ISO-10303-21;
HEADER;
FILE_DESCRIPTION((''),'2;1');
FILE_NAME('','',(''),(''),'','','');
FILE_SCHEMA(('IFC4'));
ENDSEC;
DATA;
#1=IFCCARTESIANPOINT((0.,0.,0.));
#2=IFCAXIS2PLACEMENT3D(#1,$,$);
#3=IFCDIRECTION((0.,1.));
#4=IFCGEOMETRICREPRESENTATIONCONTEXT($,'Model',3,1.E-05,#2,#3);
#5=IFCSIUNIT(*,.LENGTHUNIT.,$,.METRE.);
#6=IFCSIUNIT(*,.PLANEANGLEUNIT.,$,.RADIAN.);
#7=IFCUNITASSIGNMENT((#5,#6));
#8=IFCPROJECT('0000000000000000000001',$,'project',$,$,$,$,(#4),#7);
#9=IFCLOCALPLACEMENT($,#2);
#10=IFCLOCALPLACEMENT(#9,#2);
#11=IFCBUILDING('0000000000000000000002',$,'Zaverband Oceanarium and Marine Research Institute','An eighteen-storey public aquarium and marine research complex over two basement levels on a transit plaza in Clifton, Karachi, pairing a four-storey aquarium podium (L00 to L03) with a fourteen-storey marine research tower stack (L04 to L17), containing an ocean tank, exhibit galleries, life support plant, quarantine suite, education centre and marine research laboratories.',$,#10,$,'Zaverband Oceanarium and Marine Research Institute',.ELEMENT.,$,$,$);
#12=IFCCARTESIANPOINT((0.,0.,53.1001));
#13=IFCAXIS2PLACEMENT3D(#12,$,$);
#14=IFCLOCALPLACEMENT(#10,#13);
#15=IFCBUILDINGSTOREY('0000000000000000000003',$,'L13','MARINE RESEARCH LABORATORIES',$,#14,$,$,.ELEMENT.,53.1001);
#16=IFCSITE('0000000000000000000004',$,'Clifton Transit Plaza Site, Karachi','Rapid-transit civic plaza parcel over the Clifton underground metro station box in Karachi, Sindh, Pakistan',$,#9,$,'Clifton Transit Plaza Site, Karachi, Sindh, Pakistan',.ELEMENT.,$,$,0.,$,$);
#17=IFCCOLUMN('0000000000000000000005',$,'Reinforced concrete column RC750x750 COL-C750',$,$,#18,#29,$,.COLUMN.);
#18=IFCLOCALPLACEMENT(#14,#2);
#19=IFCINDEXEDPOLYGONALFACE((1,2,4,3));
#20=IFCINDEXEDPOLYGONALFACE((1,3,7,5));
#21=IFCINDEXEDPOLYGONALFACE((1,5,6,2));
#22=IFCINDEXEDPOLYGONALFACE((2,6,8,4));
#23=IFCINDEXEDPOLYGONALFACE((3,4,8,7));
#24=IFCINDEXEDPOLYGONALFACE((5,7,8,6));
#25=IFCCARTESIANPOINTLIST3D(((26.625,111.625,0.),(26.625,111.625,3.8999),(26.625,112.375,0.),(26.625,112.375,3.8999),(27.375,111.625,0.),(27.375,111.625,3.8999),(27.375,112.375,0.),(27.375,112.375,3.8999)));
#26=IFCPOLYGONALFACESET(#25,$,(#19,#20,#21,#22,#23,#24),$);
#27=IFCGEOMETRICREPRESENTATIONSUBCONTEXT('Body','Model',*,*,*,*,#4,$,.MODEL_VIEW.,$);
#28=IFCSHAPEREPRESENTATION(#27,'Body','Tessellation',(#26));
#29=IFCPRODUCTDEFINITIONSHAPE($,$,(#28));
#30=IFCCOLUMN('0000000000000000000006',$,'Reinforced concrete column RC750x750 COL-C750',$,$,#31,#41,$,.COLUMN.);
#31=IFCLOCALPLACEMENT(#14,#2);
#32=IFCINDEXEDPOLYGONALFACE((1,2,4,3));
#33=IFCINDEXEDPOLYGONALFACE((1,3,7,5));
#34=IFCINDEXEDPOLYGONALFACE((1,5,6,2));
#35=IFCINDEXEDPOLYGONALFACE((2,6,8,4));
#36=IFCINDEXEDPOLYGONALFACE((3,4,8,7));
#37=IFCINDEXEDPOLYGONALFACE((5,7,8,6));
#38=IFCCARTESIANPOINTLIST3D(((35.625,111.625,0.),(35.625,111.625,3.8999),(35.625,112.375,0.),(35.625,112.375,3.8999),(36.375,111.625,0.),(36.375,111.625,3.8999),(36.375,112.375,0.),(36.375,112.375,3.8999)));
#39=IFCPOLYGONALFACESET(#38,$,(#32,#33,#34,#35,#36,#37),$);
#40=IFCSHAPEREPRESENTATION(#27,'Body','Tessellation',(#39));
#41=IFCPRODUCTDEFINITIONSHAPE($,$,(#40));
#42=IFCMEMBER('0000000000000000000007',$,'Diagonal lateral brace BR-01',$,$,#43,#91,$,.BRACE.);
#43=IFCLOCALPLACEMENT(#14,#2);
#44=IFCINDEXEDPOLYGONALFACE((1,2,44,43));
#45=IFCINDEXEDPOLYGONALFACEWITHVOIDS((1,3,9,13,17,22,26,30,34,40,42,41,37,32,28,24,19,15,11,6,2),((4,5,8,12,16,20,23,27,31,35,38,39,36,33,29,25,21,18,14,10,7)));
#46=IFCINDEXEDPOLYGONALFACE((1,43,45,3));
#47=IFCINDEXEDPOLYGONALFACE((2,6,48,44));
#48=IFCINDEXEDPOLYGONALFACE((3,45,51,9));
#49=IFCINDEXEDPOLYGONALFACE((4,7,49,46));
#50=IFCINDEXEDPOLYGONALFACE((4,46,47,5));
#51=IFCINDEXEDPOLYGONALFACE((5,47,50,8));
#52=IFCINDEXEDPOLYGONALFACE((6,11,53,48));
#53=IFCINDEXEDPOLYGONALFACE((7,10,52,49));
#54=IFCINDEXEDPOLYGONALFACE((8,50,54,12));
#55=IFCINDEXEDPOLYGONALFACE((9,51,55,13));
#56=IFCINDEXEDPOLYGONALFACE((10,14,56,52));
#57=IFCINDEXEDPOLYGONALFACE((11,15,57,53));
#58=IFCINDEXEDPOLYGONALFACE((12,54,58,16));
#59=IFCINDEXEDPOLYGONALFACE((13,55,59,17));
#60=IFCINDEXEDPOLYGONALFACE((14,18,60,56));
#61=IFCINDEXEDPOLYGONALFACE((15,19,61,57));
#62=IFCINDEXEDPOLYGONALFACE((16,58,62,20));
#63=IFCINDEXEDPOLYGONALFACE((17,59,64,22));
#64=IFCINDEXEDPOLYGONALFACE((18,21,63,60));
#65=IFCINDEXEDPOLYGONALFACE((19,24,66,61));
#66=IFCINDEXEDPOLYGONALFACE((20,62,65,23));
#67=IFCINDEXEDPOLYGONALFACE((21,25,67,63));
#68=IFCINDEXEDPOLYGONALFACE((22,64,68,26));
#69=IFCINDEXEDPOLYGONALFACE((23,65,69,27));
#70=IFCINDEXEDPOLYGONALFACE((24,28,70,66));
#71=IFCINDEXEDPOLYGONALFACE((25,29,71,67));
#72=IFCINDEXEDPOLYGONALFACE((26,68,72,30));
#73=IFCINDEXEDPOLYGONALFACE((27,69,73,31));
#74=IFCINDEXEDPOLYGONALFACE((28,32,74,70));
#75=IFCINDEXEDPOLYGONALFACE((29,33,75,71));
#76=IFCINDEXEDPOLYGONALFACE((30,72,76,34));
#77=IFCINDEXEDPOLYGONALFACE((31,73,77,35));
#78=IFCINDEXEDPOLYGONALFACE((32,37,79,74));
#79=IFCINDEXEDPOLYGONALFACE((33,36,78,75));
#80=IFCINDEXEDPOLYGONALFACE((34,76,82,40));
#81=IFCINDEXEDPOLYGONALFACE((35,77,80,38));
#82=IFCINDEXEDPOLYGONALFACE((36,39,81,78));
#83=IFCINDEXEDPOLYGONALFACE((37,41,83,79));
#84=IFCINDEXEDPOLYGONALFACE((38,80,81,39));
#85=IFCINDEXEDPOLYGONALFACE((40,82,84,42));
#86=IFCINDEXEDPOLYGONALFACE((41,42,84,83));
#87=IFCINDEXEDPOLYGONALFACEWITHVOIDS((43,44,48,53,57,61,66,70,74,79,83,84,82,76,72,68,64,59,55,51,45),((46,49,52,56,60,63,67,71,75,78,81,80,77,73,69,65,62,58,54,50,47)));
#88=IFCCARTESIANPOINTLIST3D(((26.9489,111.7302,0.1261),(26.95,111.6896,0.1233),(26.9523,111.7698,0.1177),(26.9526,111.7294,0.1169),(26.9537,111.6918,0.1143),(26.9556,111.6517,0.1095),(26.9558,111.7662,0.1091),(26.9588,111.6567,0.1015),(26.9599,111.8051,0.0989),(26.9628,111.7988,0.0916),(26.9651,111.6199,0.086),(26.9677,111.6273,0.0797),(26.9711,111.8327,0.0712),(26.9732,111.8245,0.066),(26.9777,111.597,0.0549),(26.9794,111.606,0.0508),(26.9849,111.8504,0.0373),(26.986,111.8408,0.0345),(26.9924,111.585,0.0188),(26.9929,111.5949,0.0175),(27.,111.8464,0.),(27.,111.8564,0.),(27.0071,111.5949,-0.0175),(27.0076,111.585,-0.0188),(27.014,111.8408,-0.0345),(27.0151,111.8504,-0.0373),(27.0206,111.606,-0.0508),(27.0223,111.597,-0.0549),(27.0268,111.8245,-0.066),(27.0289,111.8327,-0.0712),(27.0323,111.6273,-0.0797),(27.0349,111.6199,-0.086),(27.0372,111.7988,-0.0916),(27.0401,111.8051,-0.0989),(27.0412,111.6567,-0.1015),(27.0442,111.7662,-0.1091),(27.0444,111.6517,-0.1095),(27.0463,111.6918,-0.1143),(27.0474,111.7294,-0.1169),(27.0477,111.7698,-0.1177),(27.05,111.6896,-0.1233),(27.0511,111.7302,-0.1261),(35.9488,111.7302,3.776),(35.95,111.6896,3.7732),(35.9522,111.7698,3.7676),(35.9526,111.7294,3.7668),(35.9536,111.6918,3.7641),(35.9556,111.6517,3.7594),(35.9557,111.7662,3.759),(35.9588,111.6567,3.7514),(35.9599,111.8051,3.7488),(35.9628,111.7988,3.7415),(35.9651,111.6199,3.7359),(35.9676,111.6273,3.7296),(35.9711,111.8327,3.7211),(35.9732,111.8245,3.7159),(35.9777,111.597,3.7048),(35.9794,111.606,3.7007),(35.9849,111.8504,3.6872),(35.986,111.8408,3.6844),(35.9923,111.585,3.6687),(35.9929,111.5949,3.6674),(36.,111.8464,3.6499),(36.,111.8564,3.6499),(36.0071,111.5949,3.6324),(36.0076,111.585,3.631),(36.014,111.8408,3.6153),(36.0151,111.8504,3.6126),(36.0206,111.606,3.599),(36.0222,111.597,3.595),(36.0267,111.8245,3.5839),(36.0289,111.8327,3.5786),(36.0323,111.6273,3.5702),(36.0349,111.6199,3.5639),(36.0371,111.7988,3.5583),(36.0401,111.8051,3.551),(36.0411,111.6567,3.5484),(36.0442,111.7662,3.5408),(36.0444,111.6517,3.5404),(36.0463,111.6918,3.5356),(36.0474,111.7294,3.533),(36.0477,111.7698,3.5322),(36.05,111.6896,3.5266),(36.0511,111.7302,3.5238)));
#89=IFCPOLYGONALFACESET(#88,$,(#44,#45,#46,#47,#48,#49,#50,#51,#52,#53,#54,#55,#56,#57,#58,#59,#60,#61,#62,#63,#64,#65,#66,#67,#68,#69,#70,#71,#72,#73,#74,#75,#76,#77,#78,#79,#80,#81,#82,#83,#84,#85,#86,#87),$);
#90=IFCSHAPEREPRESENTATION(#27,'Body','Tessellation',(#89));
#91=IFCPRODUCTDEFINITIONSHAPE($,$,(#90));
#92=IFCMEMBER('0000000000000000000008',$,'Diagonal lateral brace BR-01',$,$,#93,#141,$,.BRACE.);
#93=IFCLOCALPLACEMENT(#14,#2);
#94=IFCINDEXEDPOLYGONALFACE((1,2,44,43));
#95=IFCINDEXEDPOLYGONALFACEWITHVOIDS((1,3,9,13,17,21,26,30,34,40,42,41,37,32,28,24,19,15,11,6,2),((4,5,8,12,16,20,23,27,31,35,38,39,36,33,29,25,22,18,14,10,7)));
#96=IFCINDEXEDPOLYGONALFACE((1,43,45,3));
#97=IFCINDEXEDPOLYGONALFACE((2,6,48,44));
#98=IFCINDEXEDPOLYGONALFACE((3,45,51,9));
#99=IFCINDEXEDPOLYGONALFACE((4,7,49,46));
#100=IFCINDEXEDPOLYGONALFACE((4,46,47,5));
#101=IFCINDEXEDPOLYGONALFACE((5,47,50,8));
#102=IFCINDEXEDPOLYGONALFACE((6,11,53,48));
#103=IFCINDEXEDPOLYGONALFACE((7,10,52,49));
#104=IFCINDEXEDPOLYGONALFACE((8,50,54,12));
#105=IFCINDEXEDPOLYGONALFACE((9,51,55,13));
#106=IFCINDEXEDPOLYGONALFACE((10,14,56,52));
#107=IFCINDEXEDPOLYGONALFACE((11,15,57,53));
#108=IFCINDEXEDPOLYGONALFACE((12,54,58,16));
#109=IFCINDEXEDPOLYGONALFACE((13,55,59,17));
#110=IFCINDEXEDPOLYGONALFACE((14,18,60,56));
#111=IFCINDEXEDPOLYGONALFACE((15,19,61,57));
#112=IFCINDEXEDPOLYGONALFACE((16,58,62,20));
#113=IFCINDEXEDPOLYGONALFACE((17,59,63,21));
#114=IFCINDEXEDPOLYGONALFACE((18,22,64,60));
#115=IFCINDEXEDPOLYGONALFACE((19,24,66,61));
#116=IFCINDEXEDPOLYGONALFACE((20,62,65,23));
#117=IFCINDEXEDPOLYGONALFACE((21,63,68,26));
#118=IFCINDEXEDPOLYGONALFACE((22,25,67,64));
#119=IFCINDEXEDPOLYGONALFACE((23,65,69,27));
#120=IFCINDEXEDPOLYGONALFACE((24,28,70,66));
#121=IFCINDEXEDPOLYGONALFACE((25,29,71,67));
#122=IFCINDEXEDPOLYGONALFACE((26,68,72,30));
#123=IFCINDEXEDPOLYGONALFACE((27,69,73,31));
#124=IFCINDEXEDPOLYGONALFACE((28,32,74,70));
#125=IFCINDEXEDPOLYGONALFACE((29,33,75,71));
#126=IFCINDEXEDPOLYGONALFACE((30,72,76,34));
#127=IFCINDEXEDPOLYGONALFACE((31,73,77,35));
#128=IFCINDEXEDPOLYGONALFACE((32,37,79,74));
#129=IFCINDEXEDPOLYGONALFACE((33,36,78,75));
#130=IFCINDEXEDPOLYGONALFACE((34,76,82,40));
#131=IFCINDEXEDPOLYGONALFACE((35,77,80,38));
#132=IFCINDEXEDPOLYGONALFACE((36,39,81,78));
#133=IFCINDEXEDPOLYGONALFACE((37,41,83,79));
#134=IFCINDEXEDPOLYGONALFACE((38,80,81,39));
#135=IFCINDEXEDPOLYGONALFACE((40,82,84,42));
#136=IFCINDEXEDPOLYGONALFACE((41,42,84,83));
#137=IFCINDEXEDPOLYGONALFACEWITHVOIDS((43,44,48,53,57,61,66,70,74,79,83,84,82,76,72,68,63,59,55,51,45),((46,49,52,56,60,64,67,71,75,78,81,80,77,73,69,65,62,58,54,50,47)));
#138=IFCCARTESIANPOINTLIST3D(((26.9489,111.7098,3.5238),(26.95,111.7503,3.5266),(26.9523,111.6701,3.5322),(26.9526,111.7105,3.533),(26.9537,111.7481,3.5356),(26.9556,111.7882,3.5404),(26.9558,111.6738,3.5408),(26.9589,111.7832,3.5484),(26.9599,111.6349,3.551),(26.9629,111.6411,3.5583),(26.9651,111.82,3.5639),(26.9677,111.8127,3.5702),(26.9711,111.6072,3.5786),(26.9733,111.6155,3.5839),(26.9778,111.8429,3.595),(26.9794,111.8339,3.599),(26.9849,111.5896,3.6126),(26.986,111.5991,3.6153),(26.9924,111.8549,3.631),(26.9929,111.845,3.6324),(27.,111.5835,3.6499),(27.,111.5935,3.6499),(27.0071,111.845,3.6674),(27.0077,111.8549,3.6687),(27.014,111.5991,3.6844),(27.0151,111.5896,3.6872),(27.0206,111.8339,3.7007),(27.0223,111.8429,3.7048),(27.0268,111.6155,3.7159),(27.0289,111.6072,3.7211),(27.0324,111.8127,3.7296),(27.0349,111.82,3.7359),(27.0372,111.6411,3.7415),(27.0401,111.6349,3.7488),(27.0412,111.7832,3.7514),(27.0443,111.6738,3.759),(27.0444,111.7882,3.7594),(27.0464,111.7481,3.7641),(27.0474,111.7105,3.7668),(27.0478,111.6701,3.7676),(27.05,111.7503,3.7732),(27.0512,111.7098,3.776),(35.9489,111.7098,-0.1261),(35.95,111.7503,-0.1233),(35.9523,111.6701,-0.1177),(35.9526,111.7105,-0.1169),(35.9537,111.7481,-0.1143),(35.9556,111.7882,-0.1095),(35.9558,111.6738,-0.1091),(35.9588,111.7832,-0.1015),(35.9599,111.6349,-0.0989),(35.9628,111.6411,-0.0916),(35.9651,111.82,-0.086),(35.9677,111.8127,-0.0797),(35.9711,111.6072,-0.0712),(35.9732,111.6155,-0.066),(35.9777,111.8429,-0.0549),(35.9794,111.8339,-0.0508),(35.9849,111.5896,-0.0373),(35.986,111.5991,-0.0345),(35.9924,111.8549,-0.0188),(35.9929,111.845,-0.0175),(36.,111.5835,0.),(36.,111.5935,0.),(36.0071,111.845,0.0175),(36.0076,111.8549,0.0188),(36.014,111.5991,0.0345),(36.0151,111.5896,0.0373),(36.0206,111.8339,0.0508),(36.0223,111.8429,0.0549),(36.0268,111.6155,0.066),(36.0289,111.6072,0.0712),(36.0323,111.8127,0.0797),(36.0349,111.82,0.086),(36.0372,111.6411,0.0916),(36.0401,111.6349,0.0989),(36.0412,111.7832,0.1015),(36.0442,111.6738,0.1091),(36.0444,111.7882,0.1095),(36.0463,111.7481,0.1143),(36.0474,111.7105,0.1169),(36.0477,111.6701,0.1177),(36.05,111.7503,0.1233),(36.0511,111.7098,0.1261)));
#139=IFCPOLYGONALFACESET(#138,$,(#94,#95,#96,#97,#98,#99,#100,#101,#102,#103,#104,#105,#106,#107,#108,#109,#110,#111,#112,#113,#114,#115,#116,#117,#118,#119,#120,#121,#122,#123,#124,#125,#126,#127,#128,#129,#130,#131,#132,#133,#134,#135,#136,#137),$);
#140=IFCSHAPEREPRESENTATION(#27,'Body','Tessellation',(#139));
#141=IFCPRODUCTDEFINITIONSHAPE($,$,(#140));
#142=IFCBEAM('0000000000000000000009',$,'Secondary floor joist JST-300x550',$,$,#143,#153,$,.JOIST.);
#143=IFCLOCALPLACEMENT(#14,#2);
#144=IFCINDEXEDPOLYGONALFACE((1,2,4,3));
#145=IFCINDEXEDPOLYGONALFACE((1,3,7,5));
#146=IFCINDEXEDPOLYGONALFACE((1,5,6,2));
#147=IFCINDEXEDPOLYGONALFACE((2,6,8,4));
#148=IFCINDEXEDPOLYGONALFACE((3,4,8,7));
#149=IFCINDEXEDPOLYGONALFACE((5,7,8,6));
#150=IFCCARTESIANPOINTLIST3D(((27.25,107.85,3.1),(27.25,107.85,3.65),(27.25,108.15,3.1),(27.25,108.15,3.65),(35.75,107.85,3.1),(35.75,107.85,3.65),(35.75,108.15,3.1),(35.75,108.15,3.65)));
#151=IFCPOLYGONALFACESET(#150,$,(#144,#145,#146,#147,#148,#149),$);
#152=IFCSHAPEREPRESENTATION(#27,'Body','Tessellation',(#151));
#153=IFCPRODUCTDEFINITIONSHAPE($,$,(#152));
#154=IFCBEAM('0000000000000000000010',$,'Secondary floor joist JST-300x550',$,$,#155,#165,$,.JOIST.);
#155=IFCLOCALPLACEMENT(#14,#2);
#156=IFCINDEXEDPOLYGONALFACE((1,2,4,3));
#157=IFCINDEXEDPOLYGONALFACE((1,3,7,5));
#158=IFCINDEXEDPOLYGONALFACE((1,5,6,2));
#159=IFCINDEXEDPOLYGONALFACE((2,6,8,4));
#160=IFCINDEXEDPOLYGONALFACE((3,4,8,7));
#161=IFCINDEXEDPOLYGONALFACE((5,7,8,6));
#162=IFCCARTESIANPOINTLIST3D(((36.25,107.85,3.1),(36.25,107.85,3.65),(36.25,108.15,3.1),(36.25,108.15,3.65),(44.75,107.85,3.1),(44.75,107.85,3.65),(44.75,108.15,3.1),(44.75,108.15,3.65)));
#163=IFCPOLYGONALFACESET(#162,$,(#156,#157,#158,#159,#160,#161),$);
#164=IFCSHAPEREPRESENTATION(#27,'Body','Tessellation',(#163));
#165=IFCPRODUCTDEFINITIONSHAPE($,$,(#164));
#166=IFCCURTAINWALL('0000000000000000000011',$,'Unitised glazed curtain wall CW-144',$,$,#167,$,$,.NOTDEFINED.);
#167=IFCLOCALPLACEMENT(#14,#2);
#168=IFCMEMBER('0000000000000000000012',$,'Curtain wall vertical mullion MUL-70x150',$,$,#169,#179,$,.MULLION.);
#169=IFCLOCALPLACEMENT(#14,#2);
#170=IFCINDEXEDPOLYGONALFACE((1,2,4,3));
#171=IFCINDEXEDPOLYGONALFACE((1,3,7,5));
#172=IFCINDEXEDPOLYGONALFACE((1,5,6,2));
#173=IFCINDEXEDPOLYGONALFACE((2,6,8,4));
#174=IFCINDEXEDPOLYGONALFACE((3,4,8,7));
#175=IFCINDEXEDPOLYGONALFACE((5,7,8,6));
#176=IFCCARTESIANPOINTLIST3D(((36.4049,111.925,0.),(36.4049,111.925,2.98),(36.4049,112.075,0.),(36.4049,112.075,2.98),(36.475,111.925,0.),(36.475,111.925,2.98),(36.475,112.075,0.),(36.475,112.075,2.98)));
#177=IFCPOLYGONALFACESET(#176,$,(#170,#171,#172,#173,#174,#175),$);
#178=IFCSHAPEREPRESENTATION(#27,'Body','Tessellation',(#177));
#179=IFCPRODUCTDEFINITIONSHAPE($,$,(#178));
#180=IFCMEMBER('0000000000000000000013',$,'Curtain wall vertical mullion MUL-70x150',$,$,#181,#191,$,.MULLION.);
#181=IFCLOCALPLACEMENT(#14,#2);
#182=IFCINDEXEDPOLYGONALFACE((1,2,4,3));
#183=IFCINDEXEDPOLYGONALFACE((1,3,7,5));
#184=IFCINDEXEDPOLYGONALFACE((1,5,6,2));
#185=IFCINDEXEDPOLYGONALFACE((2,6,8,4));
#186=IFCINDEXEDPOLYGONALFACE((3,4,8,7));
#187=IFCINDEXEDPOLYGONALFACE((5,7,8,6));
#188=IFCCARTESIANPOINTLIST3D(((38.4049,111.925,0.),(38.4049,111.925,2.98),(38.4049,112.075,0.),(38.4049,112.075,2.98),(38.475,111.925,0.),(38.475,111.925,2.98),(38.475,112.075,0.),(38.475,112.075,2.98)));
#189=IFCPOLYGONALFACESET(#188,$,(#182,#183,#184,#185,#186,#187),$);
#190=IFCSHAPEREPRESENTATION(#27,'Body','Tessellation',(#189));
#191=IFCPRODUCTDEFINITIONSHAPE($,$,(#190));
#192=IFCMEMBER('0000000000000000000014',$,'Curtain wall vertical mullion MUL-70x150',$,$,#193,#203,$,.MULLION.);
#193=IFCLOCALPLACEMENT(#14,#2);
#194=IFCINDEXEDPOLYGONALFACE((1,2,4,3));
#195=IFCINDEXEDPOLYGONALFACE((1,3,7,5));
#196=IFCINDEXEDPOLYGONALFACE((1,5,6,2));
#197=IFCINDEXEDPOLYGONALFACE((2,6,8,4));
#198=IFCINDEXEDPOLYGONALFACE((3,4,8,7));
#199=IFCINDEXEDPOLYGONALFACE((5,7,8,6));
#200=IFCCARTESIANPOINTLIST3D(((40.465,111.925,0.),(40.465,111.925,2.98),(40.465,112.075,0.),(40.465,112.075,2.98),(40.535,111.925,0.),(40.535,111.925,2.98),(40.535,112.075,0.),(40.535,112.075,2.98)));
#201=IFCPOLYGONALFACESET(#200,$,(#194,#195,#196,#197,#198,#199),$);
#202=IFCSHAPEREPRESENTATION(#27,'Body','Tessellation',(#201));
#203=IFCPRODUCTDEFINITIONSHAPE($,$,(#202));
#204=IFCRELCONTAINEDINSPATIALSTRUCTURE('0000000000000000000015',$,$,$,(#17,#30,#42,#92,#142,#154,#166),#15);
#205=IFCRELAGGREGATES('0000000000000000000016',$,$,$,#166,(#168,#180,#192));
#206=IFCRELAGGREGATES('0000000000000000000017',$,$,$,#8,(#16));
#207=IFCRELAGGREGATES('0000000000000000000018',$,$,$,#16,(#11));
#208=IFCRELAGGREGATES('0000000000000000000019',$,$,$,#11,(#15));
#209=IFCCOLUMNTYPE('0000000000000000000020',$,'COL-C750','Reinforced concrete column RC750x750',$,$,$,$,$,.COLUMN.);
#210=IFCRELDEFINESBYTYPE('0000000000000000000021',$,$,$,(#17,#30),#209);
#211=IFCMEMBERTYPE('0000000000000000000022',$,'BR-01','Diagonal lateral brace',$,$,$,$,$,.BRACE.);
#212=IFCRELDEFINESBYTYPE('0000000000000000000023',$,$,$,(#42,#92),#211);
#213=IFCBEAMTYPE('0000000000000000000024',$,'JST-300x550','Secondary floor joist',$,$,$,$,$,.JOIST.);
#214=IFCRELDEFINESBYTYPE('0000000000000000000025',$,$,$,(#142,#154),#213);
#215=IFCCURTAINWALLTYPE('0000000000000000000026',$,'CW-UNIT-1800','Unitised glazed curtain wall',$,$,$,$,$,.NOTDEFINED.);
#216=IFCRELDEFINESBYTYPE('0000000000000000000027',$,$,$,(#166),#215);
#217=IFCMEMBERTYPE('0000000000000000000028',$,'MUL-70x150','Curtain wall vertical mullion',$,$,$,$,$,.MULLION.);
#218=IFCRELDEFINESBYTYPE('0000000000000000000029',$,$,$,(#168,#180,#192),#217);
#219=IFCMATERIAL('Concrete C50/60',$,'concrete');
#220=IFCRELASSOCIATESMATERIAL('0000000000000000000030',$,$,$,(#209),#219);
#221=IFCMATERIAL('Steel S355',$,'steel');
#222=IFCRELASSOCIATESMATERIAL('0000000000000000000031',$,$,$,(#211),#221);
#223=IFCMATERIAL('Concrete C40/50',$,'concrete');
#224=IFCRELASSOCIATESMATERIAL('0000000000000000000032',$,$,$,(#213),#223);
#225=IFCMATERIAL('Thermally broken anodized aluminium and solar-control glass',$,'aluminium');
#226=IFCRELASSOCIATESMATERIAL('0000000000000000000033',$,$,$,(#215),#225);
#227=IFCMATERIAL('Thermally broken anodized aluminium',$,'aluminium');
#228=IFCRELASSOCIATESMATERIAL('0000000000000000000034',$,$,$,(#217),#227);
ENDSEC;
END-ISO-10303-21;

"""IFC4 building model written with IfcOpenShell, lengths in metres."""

from ifc_helpers import new_model, si_unit, direction, frame, origin, origin_2d, place, context, subcontext, project, spatial, rectangle, hollow_circle, extrude, material, material_profile, profile_set, type_object, element, aggregate, save


model = new_model("IFC4")

# Units and contexts
model_context = context("Model", 3, precision=1e-05, world=origin(), true_north=direction((0.0, 1.0)))
body_context = subcontext(model_context, "Body", "Model", "MODEL_VIEW")
ifc_project = project(units=[si_unit("LENGTHUNIT", "METRE"), si_unit("PLANEANGLEUNIT", "RADIAN")], contexts=[model_context])

# Site, building, storey
site_placement = place(None, origin())
site = spatial("IfcSite", under=ifc_project, at=site_placement, Name="Clifton Transit Plaza Site, Karachi", Description="Rapid-transit civic plaza parcel over the Clifton underground metro station box in Karachi, Sindh, Pakistan", LongName="Clifton Transit Plaza Site, Karachi, Sindh, Pakistan", CompositionType="ELEMENT", RefElevation=0.0)
building_placement = place(site_placement, origin())
building = spatial("IfcBuilding", under=site, at=building_placement, Name="Zaverband Oceanarium and Marine Research Institute", Description="An eighteen-storey public aquarium and marine research complex over two basement levels on a transit plaza in Clifton, Karachi, pairing a four-storey aquarium podium (L00 to L03) with a fourteen-storey marine research tower stack (L04 to L17), containing an ocean tank, exhibit galleries, life support plant, quarantine suite, education centre and marine research laboratories.", LongName="Zaverband Oceanarium and Marine Research Institute", CompositionType="ELEMENT")
storey_placement = place(building_placement, frame((0.0, 0.0, 53.1001)))
storey = spatial("IfcBuildingStorey", under=building, at=storey_placement, Name="L13", Description="MARINE RESEARCH LABORATORIES", CompositionType="ELEMENT", Elevation=53.1001)

# Columns
ifc_material_1 = material(Name="Concrete C50/60", Category="concrete")
ifc_material_profile_1 = material_profile(ifc_material_1, rectangle(XDim=0.75, YDim=0.75, at=origin_2d()), Name="RC750x750")
ifc_profile_set_1 = profile_set([ifc_material_profile_1], Name="Concrete C50/60")
column_type = type_object("IfcColumnType", Name="COL-C750", Description="Reinforced concrete column RC750x750", PredefinedType="COLUMN", material=ifc_profile_set_1)
for number, where, z_axis, x_axis, name in (
    (1, (27.0, 112.0, 0.0), (0.0, 0.0, 1.0), (1.0, 0.0, 0.0), "Reinforced concrete column RC750x750 COL-C750"),
    (2, (36.0, 112.0, 0.0), (0.0, 0.0, 1.0), (1.0, 0.0, 0.0), "Reinforced concrete column RC750x750 COL-C750"),
):
    element("IfcColumn", number, at=place(storey_placement, frame(where, z_axis=z_axis, x_axis=x_axis)), inside=storey, type_object=column_type, Name=name, PredefinedType="COLUMN", context=body_context, shape_type="SweptSolid", body=[
        extrude(rectangle(XDim=0.75, YDim=0.75, at=origin_2d()), origin(), (0.0, 0.0, 1.0), 3.8999),
    ])

# Members
ifc_material_2 = material(Name="Steel S355", Category="steel")
ifc_material_profile_2 = material_profile(ifc_material_2, hollow_circle(Radius=0.1365, WallThickness=0.01, at=origin_2d()), Name="CHS273x10")
ifc_profile_set_2 = profile_set([ifc_material_profile_2], Name="Steel S355")
member_type_1 = type_object("IfcMemberType", Name="BR-01", Description="Diagonal lateral brace", PredefinedType="BRACE", material=ifc_profile_set_2)
for number, where, z_axis, x_axis, name in (
    (3, (27.0, 111.72, 0.0), (0.926694, 0.0, 0.375816), (0.0, 1.0, 0.0), "Diagonal lateral brace BR-01"),
    (4, (36.0, 111.72, 0.0), (-0.926694, 0.0, 0.375816), (0.0, -1.0, 0.0), "Diagonal lateral brace BR-01"),
):
    element("IfcMember", number, at=place(storey_placement, frame(where, z_axis=z_axis, x_axis=x_axis)), inside=storey, type_object=member_type_1, Name=name, PredefinedType="BRACE", context=body_context, shape_type="SweptSolid", body=[
        extrude(hollow_circle(Radius=0.1365, WallThickness=0.01, at=origin_2d()), origin(), (0.0, 0.0, 1.0), 9.7119),
    ])

# Beams
ifc_material_3 = material(Name="Concrete C40/50", Category="concrete")
ifc_material_profile_3 = material_profile(ifc_material_3, rectangle(XDim=0.3, YDim=0.55, at=origin_2d()), Name="RC300x550")
ifc_profile_set_3 = profile_set([ifc_material_profile_3], Name="Concrete C40/50")
beam_type_1 = type_object("IfcBeamType", Name="JST-300x550", Description="Secondary floor joist", PredefinedType="JOIST", material=ifc_profile_set_3)
for number, where, z_axis, x_axis, name in (
    (5, (27.25, 108.0, 3.375), (1.0, 0.0, 0.0), (0.0, 1.0, 0.0), "Secondary floor joist JST-300x550"),
    (6, (36.25, 108.0, 3.375), (1.0, 0.0, 0.0), (0.0, 1.0, 0.0), "Secondary floor joist JST-300x550"),
):
    element("IfcBeam", number, at=place(storey_placement, frame(where, z_axis=z_axis, x_axis=x_axis)), inside=storey, type_object=beam_type_1, Name=name, PredefinedType="JOIST", context=body_context, shape_type="SweptSolid", body=[
        extrude(rectangle(XDim=0.3, YDim=0.55, at=origin_2d()), origin(), (0.0, 0.0, 1.0), 8.5),
    ])

# Curtain wall, members
ifc_material_4 = material(Name="Thermally broken anodized aluminium and solar-control glass", Category="aluminium")
curtain_wall_type = type_object("IfcCurtainWallType", Name="CW-UNIT-1800", Description="Unitised glazed curtain wall", PredefinedType="NOTDEFINED", material=ifc_material_4)
curtain_wall_placement = place(storey_placement, origin())
curtain_wall = element("IfcCurtainWall", 7, at=curtain_wall_placement, inside=storey, type_object=curtain_wall_type, Name="Unitised glazed curtain wall CW-144", PredefinedType="NOTDEFINED")
ifc_material_5 = material(Name="Thermally broken anodized aluminium", Category="aluminium")
ifc_material_profile_4 = material_profile(ifc_material_5, rectangle(XDim=0.0701, YDim=0.1499, at=origin_2d()), Name="AL-MUL-70x150")
ifc_profile_set_4 = profile_set([ifc_material_profile_4], Name="Thermally broken anodized aluminium")
member_type_2 = type_object("IfcMemberType", Name="MUL-70x150", Description="Curtain wall vertical mullion", PredefinedType="MULLION", material=ifc_profile_set_4)
member_1_placement = place(storey_placement, frame((36.4399, 112.0, 0.0), z_axis=(0.0, 0.0, 1.0), x_axis=(1.0, 0.0, 0.0)))
member_1 = element("IfcMember", 8, at=member_1_placement, type_object=member_type_2, Name="Curtain wall vertical mullion MUL-70x150", PredefinedType="MULLION", context=body_context, shape_type="SweptSolid", body=[
    extrude(rectangle(XDim=0.0701, YDim=0.1499, at=origin_2d()), origin(), (0.0, 0.0, 1.0), 2.98),
])
member_2_placement = place(storey_placement, frame((38.4399, 112.0, 0.0), z_axis=(0.0, 0.0, 1.0), x_axis=(1.0, 0.0, 0.0)))
member_2 = element("IfcMember", 9, at=member_2_placement, type_object=member_type_2, Name="Curtain wall vertical mullion MUL-70x150", PredefinedType="MULLION", context=body_context, shape_type="SweptSolid", body=[
    extrude(rectangle(XDim=0.0701, YDim=0.1499, at=origin_2d()), origin(), (0.0, 0.0, 1.0), 2.98),
])
member_3_placement = place(storey_placement, frame((40.5, 112.0, 0.0), z_axis=(0.0, 0.0, 1.0), x_axis=(1.0, 0.0, 0.0)))
member_3 = element("IfcMember", 10, at=member_3_placement, type_object=member_type_2, Name="Curtain wall vertical mullion MUL-70x150", PredefinedType="MULLION", context=body_context, shape_type="SweptSolid", body=[
    extrude(rectangle(XDim=0.0701, YDim=0.1499, at=origin_2d()), origin(), (0.0, 0.0, 1.0), 2.98),
])

aggregate(curtain_wall, [member_1, member_2, member_3])

save(model, "model.ifc")
